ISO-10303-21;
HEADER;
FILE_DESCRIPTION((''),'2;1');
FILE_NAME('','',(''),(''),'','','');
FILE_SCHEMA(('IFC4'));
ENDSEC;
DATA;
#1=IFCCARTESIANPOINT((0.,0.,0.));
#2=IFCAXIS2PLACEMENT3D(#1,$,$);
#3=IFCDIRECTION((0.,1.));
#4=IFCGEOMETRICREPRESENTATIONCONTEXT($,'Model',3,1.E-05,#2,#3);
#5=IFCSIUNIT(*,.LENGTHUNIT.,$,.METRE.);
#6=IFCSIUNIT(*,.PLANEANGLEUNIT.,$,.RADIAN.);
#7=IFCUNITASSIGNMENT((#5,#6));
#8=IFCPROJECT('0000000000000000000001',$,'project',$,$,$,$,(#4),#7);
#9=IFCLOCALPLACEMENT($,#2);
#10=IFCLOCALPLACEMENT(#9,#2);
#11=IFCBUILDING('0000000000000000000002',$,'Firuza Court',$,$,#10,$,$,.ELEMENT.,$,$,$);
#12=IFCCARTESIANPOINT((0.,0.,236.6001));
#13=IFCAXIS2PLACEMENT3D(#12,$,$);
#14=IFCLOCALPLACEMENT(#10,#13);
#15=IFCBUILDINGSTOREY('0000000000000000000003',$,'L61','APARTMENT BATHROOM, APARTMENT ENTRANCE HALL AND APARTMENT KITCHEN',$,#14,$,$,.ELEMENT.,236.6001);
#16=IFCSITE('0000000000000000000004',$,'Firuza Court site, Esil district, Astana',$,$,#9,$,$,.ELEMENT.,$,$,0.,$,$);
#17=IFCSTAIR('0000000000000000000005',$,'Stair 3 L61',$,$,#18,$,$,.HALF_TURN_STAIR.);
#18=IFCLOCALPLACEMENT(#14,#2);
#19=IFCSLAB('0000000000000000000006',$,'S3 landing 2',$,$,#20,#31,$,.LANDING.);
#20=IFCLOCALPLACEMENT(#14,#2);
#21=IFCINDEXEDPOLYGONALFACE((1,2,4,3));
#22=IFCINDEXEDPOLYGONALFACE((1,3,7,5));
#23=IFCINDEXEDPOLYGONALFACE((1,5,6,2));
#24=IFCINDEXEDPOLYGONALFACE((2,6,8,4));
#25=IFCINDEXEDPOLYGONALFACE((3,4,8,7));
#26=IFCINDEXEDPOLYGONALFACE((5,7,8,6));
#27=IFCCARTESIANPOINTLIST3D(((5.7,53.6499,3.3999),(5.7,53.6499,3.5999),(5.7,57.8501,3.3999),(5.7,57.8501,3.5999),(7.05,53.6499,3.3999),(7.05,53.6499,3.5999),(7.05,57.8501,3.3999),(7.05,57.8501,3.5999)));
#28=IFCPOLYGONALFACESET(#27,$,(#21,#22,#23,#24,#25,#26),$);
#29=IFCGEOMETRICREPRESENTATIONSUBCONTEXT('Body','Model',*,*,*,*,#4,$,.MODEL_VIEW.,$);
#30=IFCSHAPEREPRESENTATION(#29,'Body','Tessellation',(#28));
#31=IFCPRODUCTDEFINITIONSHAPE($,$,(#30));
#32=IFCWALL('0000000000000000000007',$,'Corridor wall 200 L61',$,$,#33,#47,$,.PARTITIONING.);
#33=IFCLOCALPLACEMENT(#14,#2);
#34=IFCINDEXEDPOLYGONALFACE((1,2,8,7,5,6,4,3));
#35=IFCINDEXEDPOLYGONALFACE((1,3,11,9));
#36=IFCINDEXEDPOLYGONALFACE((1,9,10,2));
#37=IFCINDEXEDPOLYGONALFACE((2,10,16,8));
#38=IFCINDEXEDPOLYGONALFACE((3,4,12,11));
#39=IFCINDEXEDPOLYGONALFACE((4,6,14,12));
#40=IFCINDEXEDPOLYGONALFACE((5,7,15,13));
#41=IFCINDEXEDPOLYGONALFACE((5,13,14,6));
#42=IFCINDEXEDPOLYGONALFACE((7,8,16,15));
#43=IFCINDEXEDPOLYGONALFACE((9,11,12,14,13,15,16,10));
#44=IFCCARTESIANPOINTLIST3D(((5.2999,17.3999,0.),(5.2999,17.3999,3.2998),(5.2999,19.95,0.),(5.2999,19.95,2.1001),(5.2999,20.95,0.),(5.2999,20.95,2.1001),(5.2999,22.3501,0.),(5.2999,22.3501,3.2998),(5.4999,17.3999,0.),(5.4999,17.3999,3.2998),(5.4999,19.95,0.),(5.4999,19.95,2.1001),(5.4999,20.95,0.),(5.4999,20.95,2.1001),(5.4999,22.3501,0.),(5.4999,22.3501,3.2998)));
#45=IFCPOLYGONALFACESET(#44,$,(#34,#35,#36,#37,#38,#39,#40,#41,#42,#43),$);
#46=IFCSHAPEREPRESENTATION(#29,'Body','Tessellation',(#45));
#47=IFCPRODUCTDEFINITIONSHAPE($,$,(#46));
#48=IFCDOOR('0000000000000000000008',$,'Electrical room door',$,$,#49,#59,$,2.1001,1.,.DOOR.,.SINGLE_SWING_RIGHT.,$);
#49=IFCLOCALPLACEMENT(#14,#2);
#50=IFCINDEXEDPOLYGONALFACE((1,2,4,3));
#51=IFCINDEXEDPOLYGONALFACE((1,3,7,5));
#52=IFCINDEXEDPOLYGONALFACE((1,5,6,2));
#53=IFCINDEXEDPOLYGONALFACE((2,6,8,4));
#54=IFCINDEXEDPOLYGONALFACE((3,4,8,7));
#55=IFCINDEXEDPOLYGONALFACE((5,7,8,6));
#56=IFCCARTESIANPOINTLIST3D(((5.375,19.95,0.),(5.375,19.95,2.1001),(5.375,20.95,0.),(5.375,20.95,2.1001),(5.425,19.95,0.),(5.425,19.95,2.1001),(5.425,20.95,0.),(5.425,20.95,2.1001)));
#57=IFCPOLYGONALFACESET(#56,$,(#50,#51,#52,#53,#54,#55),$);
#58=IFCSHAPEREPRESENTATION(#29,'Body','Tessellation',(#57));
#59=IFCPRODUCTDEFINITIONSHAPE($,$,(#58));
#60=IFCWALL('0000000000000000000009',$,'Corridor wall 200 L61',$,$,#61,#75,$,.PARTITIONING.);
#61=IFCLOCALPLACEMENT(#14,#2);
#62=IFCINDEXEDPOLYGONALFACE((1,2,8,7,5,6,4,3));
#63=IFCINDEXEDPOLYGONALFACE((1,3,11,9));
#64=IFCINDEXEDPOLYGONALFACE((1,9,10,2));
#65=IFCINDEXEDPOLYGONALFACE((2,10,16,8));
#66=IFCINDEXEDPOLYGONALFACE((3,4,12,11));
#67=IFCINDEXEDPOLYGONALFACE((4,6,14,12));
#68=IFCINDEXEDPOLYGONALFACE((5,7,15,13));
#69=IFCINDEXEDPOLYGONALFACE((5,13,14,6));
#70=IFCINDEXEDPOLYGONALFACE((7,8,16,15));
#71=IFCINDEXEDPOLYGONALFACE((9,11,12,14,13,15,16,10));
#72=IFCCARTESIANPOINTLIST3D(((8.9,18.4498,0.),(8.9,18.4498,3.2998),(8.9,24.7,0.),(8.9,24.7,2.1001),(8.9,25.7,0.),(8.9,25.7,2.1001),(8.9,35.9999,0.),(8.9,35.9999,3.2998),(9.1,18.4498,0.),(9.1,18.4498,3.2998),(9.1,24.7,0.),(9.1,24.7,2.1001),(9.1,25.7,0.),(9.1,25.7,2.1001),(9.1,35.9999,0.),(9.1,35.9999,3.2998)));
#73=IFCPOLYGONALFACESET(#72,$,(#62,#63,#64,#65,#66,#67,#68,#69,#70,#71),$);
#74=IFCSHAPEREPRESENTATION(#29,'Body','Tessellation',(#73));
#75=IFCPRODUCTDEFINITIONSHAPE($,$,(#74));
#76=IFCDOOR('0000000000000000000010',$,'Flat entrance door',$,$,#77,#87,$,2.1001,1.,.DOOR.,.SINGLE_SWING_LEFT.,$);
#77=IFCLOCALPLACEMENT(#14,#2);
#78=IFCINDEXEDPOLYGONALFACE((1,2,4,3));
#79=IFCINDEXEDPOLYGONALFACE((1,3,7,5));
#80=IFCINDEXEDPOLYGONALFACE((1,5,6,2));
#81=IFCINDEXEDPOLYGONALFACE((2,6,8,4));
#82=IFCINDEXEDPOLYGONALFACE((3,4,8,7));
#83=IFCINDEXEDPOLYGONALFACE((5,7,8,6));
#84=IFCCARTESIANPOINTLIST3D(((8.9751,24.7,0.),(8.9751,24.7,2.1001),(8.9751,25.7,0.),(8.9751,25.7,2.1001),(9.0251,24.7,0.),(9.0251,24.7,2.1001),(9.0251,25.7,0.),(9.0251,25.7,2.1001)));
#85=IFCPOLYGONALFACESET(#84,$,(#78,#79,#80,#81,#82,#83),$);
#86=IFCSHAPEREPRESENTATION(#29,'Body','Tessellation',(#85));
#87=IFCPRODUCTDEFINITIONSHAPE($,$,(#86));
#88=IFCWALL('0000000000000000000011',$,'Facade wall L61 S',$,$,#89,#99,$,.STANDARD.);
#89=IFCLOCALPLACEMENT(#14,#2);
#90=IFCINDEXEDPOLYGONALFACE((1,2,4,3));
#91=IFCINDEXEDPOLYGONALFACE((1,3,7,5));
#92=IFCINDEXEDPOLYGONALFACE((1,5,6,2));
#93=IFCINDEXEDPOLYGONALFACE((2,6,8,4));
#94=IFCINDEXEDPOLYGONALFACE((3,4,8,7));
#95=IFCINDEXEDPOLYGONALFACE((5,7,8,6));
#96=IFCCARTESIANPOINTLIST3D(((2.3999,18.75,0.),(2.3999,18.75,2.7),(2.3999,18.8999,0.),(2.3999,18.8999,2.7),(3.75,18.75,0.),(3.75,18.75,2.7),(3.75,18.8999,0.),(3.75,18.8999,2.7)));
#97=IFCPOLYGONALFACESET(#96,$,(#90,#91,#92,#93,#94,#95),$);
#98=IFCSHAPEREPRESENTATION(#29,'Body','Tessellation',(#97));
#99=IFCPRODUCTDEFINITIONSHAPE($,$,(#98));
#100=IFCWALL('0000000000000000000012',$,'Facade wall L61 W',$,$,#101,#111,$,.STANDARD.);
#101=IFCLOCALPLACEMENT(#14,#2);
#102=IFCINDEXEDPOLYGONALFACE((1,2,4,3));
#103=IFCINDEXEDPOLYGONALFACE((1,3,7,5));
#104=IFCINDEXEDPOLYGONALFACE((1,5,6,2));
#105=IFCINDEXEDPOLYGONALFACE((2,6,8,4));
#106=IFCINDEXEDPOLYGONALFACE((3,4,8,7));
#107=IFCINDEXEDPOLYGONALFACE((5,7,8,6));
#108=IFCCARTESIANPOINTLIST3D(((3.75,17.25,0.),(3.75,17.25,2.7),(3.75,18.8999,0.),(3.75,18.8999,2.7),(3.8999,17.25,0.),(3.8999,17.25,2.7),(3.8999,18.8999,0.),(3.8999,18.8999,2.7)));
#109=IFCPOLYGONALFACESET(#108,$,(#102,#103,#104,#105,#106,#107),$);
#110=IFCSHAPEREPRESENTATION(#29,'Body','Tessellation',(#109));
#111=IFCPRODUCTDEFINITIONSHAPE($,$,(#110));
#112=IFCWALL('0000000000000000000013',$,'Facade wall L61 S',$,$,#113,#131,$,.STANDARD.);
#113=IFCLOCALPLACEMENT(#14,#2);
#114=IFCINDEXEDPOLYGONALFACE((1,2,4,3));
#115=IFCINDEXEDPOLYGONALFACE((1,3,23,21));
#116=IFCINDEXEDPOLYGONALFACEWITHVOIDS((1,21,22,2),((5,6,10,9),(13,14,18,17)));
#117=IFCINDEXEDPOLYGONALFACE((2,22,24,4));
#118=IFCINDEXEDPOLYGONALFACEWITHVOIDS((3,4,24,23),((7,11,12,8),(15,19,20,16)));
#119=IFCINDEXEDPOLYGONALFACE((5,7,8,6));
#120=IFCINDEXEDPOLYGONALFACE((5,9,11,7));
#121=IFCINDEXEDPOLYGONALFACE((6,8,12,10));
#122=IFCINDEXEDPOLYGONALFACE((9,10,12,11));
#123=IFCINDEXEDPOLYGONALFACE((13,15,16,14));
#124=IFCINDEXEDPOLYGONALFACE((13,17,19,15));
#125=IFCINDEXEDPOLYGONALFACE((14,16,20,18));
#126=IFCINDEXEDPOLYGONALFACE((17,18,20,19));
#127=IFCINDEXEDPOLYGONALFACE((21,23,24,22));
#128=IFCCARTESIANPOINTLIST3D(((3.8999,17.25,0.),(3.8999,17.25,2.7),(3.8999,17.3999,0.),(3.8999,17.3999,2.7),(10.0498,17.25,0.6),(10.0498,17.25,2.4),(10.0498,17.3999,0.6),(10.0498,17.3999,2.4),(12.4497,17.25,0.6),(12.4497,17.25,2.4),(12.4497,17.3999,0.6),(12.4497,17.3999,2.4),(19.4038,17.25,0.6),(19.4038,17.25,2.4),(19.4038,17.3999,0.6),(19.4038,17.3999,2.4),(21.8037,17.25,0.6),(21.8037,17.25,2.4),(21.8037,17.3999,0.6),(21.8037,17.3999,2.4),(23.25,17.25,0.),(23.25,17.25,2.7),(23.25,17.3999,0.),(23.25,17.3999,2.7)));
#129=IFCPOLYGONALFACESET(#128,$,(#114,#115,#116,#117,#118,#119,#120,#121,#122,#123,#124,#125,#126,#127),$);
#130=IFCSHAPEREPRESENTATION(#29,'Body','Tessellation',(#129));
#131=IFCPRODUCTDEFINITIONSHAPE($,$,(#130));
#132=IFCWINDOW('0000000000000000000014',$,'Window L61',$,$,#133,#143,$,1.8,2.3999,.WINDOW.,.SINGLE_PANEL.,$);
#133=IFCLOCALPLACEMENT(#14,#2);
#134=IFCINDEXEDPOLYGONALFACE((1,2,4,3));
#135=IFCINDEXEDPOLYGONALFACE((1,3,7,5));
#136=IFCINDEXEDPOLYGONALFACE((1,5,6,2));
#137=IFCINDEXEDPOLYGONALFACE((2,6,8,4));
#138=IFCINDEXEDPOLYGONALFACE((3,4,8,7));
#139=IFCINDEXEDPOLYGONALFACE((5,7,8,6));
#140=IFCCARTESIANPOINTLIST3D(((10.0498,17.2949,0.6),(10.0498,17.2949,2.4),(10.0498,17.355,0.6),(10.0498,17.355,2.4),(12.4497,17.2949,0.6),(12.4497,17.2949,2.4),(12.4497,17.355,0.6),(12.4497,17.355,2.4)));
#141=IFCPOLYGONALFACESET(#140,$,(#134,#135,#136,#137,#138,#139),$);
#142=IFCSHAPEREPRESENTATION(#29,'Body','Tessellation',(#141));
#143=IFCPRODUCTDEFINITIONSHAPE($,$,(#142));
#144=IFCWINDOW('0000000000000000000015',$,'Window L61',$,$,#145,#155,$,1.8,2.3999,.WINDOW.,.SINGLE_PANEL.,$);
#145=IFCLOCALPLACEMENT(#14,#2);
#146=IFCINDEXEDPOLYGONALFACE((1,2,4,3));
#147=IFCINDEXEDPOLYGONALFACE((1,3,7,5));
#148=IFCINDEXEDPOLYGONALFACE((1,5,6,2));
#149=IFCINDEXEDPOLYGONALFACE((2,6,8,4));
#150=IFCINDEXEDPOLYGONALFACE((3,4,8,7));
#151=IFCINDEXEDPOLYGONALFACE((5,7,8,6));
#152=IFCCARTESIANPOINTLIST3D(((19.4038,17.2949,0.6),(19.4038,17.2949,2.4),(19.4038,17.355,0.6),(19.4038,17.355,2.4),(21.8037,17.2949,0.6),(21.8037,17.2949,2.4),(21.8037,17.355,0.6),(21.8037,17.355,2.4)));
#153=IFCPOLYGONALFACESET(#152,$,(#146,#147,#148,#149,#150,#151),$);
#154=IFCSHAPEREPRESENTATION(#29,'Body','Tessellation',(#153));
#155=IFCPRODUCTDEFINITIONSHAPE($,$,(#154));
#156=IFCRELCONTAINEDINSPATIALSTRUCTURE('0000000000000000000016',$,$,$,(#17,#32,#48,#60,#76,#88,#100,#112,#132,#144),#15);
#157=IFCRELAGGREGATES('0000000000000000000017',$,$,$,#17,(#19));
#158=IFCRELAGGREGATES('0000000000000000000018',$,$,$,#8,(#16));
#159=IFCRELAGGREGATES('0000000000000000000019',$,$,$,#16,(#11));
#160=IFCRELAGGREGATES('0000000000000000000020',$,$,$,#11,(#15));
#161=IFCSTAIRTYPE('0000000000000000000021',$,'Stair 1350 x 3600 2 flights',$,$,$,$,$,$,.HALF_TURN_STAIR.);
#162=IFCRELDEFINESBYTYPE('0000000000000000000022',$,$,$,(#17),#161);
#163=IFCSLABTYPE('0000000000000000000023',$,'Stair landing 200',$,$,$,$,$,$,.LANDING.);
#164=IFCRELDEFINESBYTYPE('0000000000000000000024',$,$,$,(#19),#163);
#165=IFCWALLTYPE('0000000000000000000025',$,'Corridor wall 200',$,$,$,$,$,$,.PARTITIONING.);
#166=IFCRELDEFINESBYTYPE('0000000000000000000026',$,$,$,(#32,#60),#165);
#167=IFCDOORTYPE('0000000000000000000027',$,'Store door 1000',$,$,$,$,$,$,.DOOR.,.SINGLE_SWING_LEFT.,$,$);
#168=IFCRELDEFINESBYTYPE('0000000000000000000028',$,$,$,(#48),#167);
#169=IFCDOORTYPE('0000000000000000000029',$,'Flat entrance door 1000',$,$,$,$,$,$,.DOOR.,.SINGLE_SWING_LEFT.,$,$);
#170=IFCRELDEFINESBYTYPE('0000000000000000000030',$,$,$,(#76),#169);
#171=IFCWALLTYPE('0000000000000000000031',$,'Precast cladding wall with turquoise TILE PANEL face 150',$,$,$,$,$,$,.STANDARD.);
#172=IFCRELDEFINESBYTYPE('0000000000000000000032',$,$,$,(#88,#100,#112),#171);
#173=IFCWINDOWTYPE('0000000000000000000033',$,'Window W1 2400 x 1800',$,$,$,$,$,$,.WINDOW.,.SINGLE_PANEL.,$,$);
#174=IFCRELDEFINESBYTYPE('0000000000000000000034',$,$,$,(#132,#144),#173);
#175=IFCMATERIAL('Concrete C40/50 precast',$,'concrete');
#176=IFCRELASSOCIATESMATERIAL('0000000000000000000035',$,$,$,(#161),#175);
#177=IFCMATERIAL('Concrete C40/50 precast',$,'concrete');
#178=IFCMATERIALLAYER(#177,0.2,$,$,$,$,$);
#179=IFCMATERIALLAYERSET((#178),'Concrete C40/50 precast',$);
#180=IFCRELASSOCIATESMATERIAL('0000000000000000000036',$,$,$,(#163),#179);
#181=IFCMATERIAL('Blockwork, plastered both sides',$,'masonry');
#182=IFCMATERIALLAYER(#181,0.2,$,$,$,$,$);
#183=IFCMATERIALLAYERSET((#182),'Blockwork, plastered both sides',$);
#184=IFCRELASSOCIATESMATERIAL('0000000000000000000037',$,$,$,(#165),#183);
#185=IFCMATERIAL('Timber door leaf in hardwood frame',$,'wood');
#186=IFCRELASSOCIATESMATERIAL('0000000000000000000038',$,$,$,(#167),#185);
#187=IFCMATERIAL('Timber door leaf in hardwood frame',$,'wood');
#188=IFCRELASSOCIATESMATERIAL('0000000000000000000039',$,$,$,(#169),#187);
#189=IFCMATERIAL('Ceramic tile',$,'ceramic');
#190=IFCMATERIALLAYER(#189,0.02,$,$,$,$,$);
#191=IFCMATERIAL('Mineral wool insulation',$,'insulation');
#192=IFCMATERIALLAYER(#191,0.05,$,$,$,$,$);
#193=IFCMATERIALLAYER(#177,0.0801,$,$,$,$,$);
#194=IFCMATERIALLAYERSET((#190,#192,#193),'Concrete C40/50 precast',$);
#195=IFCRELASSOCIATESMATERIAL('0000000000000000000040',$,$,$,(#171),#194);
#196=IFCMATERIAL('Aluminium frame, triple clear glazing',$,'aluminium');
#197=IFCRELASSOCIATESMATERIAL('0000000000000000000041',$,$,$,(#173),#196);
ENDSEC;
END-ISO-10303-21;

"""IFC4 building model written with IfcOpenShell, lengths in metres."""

from ifc_helpers import new_model, si_unit, direction, frame, frame_2d, origin, place, context, subcontext, project, spatial, polyline, rectangle, outline, extrude, material, layer, layer_set, type_object, element, fill, aggregate, save


model = new_model("IFC4")

# Units and contexts
model_context = context("Model", 3, precision=1e-05, world=origin(), true_north=direction((0.0, 1.0)))
body_context = subcontext(model_context, "Body", "Model", "MODEL_VIEW")
ifc_project = project(units=[si_unit("LENGTHUNIT", "METRE"), si_unit("PLANEANGLEUNIT", "RADIAN")], contexts=[model_context])

# Site, building, storey
site_placement = place(None, origin())
site = spatial("IfcSite", under=ifc_project, at=site_placement, Name="Firuza Court site, Esil district, Astana", CompositionType="ELEMENT", RefElevation=0.0)
building_placement = place(site_placement, origin())
building = spatial("IfcBuilding", under=site, at=building_placement, Name="Firuza Court", CompositionType="ELEMENT")
storey_placement = place(building_placement, frame((0.0, 0.0, 236.6001)))
storey = spatial("IfcBuildingStorey", under=building, at=storey_placement, Name="L61", Description="APARTMENT BATHROOM, APARTMENT ENTRANCE HALL AND APARTMENT KITCHEN", CompositionType="ELEMENT", Elevation=236.6001)

# Stair, slab
ifc_material_1 = material(Name="Concrete C40/50 precast", Category="concrete")
stair_type = type_object("IfcStairType", Name="Stair 1350 x 3600 2 flights", PredefinedType="HALF_TURN_STAIR", material=ifc_material_1)
ifc_material_2 = material(Name="Concrete C40/50 precast", Category="concrete")
ifc_layer_1 = layer(ifc_material_2, 0.2)
ifc_layer_set_1 = layer_set([ifc_layer_1], Name="Concrete C40/50 precast")
slab_type_1 = type_object("IfcSlabType", Name="Stair landing 200", PredefinedType="LANDING", material=ifc_layer_set_1)
stair_1_placement = place(storey_placement, origin())
stair_1 = element("IfcStair", 1, at=stair_1_placement, inside=storey, type_object=stair_type, Name="Stair 3 L61", PredefinedType="HALF_TURN_STAIR")
slab_1_placement = place(storey_placement, frame((0.0, 0.0, 3.3999)))
slab_1 = element("IfcSlab", 2, at=slab_1_placement, type_object=slab_type_1, Name="S3 landing 2", PredefinedType="LANDING", context=body_context, shape_type="SweptSolid", body=[
    extrude(outline(polyline([(7.05, 53.6499), (7.05, 57.8501), (5.7, 57.8501), (5.7, 53.6499), (7.05, 53.6499)])), origin(), (0.0, 0.0, 1.0), 0.2),
])
aggregate(stair_1, [slab_1])

# Walls, openings, doors
ifc_material_3 = material(Name="Blockwork, plastered both sides", Category="masonry")
ifc_layer_2 = layer(ifc_material_3, 0.2)
ifc_layer_set_2 = layer_set([ifc_layer_2], Name="Blockwork, plastered both sides")
wall_type_1 = type_object("IfcWallType", Name="Corridor wall 200", PredefinedType="PARTITIONING", material=ifc_layer_set_2)
wall_1_placement = place(storey_placement, frame((5.3999, 17.3999, 0.0), z_axis=(0.0, 0.0, 1.0), x_axis=(0.0, 1.0, 0.0)))
wall_1 = element("IfcWall", 3, at=wall_1_placement, inside=storey, type_object=wall_type_1, Name="Corridor wall 200 L61", PredefinedType="PARTITIONING", context=body_context, shape_type="SweptSolid", body=[
    extrude(rectangle(XDim=4.9502, YDim=0.2, at=frame_2d((2.4751, 0.0))), origin(), (0.0, 0.0, 1.0), 3.2998),
])
opening_1_placement = place(wall_1_placement, frame((2.55, 0.0, 0.0)))
opening_1 = element("IfcOpeningElement", 4, at=opening_1_placement, cuts=wall_1, PredefinedType="OPENING", context=body_context, shape_type="SweptSolid", body=[
    extrude(rectangle(XDim=1.0, YDim=2.1001, at=frame_2d((0.5, 1.05))), frame((0.0, 0.1118, 0.0), z_axis=(0.0, -1.0, 0.0), x_axis=(1.0, 0.0, 0.0)), (0.0, 0.0, 1.0), 0.2239),
])
ifc_material_4 = material(Name="Timber door leaf in hardwood frame", Category="wood")
door_type_1 = type_object("IfcDoorType", Name="Store door 1000", OperationType="SINGLE_SWING_LEFT", PredefinedType="DOOR", material=ifc_material_4)
door_1_placement = place(opening_1_placement, origin())
door_1 = element("IfcDoor", 5, at=door_1_placement, inside=storey, type_object=door_type_1, Name="Electrical room door", OperationType="SINGLE_SWING_RIGHT", OverallHeight=2.1001, OverallWidth=1.0, PredefinedType="DOOR", context=body_context, shape_type="SweptSolid", body=[
    extrude(rectangle(XDim=1.0, YDim=2.1001, at=frame_2d((0.5, 1.05))), frame((0.0, 0.0249, 0.0), z_axis=(0.0, -1.0, 0.0), x_axis=(1.0, 0.0, 0.0)), (0.0, 0.0, 1.0), 0.05),
])
fill(opening_1, door_1)
wall_2_placement = place(storey_placement, frame((9.0, 18.45, 0.0), z_axis=(0.0, 0.0, 1.0), x_axis=(0.0, 1.0, 0.0)))
wall_2 = element("IfcWall", 6, at=wall_2_placement, inside=storey, type_object=wall_type_1, Name="Corridor wall 200 L61", PredefinedType="PARTITIONING", context=body_context, shape_type="SweptSolid", body=[
    extrude(rectangle(XDim=17.55, YDim=0.2, at=frame_2d((8.7749, 0.0))), origin(), (0.0, 0.0, 1.0), 3.2998),
])
opening_2_placement = place(wall_2_placement, frame((6.25, 0.0, 0.0)))
opening_2 = element("IfcOpeningElement", 7, at=opening_2_placement, cuts=wall_2, PredefinedType="OPENING", context=body_context, shape_type="SweptSolid", body=[
    extrude(rectangle(XDim=1.0, YDim=2.1001, at=frame_2d((0.5, 1.05))), frame((0.0, 0.1118, 0.0), z_axis=(0.0, -1.0, 0.0), x_axis=(1.0, 0.0, 0.0)), (0.0, 0.0, 1.0), 0.2239),
])
ifc_material_5 = material(Name="Timber door leaf in hardwood frame", Category="wood")
door_type_2 = type_object("IfcDoorType", Name="Flat entrance door 1000", OperationType="SINGLE_SWING_LEFT", PredefinedType="DOOR", material=ifc_material_5)
door_2_placement = place(opening_2_placement, origin())
door_2 = element("IfcDoor", 8, at=door_2_placement, inside=storey, type_object=door_type_2, Name="Flat entrance door", OperationType="SINGLE_SWING_LEFT", OverallHeight=2.1001, OverallWidth=1.0, PredefinedType="DOOR", context=body_context, shape_type="SweptSolid", body=[
    extrude(rectangle(XDim=1.0, YDim=2.1001, at=frame_2d((0.5, 1.05))), frame((0.0, 0.0249, 0.0), z_axis=(0.0, -1.0, 0.0), x_axis=(1.0, 0.0, 0.0)), (0.0, 0.0, 1.0), 0.05),
])
fill(opening_2, door_2)

# Walls
ifc_material_6 = material(Name="Ceramic tile", Category="ceramic")
ifc_layer_3 = layer(ifc_material_6, 0.02)
ifc_material_7 = material(Name="Mineral wool insulation", Category="insulation")
ifc_layer_4 = layer(ifc_material_7, 0.05)
ifc_layer_5 = layer(ifc_material_2, 0.0801)
ifc_layer_set_3 = layer_set([ifc_layer_3, ifc_layer_4, ifc_layer_5], Name="Concrete C40/50 precast")
wall_type_2 = type_object("IfcWallType", Name="Precast cladding wall with turquoise TILE PANEL face 150", PredefinedType="STANDARD", material=ifc_layer_set_3)
wall_3_placement = place(storey_placement, frame((2.3999, 18.825, 0.0), z_axis=(0.0, 0.0, 1.0), x_axis=(1.0, 0.0, 0.0)))
element("IfcWall", 9, at=wall_3_placement, inside=storey, type_object=wall_type_2, Name="Facade wall L61 S", PredefinedType="STANDARD", context=body_context, shape_type="SweptSolid", body=[
    extrude(rectangle(XDim=1.3501, YDim=0.1499, at=frame_2d((0.675, 0.0))), origin(), (0.0, 0.0, 1.0), 2.7),
])
wall_4_placement = place(storey_placement, frame((3.825, 18.8999, 0.0), z_axis=(0.0, 0.0, 1.0), x_axis=(0.0, -1.0, 0.0)))
element("IfcWall", 10, at=wall_4_placement, inside=storey, type_object=wall_type_2, Name="Facade wall L61 W", PredefinedType="STANDARD", context=body_context, shape_type="SweptSolid", body=[
    extrude(rectangle(XDim=1.6499, YDim=0.1499, at=frame_2d((0.825, 0.0))), origin(), (0.0, 0.0, 1.0), 2.7),
])

# Wall, openings, windows
wall_5_placement = place(storey_placement, frame((3.8999, 17.325, 0.0), z_axis=(0.0, 0.0, 1.0), x_axis=(1.0, 0.0, 0.0)))
wall_5 = element("IfcWall", 11, at=wall_5_placement, inside=storey, type_object=wall_type_2, Name="Facade wall L61 S", PredefinedType="STANDARD", context=body_context, shape_type="SweptSolid", body=[
    extrude(rectangle(XDim=19.3501, YDim=0.1499, at=frame_2d((9.675, 0.0))), origin(), (0.0, 0.0, 1.0), 2.7),
])
opening_3_placement = place(wall_5_placement, frame((6.1499, 0.0, 0.6001)))
opening_3 = element("IfcOpeningElement", 12, at=opening_3_placement, cuts=wall_5, PredefinedType="OPENING", context=body_context, shape_type="SweptSolid", body=[
    extrude(rectangle(XDim=2.3999, YDim=1.8, at=frame_2d((1.2, 0.8999))), frame((0.0, 0.0869, 0.0), z_axis=(0.0, -1.0, 0.0), x_axis=(1.0, 0.0, 0.0)), (0.0, 0.0, 1.0), 0.1738),
])
opening_4_placement = place(wall_5_placement, frame((15.5039, 0.0, 0.6001)))
opening_4 = element("IfcOpeningElement", 13, at=opening_4_placement, cuts=wall_5, PredefinedType="OPENING", context=body_context, shape_type="SweptSolid", body=[
    extrude(rectangle(XDim=2.3999, YDim=1.8, at=frame_2d((1.2, 0.8999))), frame((0.0, 0.0869, 0.0), z_axis=(0.0, -1.0, 0.0), x_axis=(1.0, 0.0, 0.0)), (0.0, 0.0, 1.0), 0.1738),
])
ifc_material_8 = material(Name="Aluminium frame, triple clear glazing", Category="aluminium")
window_type = type_object("IfcWindowType", Name="Window W1 2400 x 1800", PartitioningType="SINGLE_PANEL", PredefinedType="WINDOW", material=ifc_material_8)
window_1_placement = place(opening_3_placement, origin())
window_1 = element("IfcWindow", 14, at=window_1_placement, inside=storey, type_object=window_type, Name="Window L61", OverallHeight=1.8, OverallWidth=2.3999, PartitioningType="SINGLE_PANEL", PredefinedType="WINDOW", context=body_context, shape_type="SweptSolid", body=[
    extrude(rectangle(XDim=2.3999, YDim=1.8, at=frame_2d((1.2, 0.8999))), frame((0.0, 0.03, 0.0), z_axis=(0.0, -1.0, 0.0), x_axis=(1.0, 0.0, 0.0)), (0.0, 0.0, 1.0), 0.0601),
])
fill(opening_3, window_1)
window_2_placement = place(opening_4_placement, origin())
window_2 = element("IfcWindow", 15, at=window_2_placement, inside=storey, type_object=window_type, Name="Window L61", OverallHeight=1.8, OverallWidth=2.3999, PartitioningType="SINGLE_PANEL", PredefinedType="WINDOW", context=body_context, shape_type="SweptSolid", body=[
    extrude(rectangle(XDim=2.3999, YDim=1.8, at=frame_2d((1.2, 0.8999))), frame((0.0, 0.03, 0.0), z_axis=(0.0, -1.0, 0.0), x_axis=(1.0, 0.0, 0.0)), (0.0, 0.0, 1.0), 0.0601),
])
fill(opening_4, window_2)

save(model, "model.ifc")
